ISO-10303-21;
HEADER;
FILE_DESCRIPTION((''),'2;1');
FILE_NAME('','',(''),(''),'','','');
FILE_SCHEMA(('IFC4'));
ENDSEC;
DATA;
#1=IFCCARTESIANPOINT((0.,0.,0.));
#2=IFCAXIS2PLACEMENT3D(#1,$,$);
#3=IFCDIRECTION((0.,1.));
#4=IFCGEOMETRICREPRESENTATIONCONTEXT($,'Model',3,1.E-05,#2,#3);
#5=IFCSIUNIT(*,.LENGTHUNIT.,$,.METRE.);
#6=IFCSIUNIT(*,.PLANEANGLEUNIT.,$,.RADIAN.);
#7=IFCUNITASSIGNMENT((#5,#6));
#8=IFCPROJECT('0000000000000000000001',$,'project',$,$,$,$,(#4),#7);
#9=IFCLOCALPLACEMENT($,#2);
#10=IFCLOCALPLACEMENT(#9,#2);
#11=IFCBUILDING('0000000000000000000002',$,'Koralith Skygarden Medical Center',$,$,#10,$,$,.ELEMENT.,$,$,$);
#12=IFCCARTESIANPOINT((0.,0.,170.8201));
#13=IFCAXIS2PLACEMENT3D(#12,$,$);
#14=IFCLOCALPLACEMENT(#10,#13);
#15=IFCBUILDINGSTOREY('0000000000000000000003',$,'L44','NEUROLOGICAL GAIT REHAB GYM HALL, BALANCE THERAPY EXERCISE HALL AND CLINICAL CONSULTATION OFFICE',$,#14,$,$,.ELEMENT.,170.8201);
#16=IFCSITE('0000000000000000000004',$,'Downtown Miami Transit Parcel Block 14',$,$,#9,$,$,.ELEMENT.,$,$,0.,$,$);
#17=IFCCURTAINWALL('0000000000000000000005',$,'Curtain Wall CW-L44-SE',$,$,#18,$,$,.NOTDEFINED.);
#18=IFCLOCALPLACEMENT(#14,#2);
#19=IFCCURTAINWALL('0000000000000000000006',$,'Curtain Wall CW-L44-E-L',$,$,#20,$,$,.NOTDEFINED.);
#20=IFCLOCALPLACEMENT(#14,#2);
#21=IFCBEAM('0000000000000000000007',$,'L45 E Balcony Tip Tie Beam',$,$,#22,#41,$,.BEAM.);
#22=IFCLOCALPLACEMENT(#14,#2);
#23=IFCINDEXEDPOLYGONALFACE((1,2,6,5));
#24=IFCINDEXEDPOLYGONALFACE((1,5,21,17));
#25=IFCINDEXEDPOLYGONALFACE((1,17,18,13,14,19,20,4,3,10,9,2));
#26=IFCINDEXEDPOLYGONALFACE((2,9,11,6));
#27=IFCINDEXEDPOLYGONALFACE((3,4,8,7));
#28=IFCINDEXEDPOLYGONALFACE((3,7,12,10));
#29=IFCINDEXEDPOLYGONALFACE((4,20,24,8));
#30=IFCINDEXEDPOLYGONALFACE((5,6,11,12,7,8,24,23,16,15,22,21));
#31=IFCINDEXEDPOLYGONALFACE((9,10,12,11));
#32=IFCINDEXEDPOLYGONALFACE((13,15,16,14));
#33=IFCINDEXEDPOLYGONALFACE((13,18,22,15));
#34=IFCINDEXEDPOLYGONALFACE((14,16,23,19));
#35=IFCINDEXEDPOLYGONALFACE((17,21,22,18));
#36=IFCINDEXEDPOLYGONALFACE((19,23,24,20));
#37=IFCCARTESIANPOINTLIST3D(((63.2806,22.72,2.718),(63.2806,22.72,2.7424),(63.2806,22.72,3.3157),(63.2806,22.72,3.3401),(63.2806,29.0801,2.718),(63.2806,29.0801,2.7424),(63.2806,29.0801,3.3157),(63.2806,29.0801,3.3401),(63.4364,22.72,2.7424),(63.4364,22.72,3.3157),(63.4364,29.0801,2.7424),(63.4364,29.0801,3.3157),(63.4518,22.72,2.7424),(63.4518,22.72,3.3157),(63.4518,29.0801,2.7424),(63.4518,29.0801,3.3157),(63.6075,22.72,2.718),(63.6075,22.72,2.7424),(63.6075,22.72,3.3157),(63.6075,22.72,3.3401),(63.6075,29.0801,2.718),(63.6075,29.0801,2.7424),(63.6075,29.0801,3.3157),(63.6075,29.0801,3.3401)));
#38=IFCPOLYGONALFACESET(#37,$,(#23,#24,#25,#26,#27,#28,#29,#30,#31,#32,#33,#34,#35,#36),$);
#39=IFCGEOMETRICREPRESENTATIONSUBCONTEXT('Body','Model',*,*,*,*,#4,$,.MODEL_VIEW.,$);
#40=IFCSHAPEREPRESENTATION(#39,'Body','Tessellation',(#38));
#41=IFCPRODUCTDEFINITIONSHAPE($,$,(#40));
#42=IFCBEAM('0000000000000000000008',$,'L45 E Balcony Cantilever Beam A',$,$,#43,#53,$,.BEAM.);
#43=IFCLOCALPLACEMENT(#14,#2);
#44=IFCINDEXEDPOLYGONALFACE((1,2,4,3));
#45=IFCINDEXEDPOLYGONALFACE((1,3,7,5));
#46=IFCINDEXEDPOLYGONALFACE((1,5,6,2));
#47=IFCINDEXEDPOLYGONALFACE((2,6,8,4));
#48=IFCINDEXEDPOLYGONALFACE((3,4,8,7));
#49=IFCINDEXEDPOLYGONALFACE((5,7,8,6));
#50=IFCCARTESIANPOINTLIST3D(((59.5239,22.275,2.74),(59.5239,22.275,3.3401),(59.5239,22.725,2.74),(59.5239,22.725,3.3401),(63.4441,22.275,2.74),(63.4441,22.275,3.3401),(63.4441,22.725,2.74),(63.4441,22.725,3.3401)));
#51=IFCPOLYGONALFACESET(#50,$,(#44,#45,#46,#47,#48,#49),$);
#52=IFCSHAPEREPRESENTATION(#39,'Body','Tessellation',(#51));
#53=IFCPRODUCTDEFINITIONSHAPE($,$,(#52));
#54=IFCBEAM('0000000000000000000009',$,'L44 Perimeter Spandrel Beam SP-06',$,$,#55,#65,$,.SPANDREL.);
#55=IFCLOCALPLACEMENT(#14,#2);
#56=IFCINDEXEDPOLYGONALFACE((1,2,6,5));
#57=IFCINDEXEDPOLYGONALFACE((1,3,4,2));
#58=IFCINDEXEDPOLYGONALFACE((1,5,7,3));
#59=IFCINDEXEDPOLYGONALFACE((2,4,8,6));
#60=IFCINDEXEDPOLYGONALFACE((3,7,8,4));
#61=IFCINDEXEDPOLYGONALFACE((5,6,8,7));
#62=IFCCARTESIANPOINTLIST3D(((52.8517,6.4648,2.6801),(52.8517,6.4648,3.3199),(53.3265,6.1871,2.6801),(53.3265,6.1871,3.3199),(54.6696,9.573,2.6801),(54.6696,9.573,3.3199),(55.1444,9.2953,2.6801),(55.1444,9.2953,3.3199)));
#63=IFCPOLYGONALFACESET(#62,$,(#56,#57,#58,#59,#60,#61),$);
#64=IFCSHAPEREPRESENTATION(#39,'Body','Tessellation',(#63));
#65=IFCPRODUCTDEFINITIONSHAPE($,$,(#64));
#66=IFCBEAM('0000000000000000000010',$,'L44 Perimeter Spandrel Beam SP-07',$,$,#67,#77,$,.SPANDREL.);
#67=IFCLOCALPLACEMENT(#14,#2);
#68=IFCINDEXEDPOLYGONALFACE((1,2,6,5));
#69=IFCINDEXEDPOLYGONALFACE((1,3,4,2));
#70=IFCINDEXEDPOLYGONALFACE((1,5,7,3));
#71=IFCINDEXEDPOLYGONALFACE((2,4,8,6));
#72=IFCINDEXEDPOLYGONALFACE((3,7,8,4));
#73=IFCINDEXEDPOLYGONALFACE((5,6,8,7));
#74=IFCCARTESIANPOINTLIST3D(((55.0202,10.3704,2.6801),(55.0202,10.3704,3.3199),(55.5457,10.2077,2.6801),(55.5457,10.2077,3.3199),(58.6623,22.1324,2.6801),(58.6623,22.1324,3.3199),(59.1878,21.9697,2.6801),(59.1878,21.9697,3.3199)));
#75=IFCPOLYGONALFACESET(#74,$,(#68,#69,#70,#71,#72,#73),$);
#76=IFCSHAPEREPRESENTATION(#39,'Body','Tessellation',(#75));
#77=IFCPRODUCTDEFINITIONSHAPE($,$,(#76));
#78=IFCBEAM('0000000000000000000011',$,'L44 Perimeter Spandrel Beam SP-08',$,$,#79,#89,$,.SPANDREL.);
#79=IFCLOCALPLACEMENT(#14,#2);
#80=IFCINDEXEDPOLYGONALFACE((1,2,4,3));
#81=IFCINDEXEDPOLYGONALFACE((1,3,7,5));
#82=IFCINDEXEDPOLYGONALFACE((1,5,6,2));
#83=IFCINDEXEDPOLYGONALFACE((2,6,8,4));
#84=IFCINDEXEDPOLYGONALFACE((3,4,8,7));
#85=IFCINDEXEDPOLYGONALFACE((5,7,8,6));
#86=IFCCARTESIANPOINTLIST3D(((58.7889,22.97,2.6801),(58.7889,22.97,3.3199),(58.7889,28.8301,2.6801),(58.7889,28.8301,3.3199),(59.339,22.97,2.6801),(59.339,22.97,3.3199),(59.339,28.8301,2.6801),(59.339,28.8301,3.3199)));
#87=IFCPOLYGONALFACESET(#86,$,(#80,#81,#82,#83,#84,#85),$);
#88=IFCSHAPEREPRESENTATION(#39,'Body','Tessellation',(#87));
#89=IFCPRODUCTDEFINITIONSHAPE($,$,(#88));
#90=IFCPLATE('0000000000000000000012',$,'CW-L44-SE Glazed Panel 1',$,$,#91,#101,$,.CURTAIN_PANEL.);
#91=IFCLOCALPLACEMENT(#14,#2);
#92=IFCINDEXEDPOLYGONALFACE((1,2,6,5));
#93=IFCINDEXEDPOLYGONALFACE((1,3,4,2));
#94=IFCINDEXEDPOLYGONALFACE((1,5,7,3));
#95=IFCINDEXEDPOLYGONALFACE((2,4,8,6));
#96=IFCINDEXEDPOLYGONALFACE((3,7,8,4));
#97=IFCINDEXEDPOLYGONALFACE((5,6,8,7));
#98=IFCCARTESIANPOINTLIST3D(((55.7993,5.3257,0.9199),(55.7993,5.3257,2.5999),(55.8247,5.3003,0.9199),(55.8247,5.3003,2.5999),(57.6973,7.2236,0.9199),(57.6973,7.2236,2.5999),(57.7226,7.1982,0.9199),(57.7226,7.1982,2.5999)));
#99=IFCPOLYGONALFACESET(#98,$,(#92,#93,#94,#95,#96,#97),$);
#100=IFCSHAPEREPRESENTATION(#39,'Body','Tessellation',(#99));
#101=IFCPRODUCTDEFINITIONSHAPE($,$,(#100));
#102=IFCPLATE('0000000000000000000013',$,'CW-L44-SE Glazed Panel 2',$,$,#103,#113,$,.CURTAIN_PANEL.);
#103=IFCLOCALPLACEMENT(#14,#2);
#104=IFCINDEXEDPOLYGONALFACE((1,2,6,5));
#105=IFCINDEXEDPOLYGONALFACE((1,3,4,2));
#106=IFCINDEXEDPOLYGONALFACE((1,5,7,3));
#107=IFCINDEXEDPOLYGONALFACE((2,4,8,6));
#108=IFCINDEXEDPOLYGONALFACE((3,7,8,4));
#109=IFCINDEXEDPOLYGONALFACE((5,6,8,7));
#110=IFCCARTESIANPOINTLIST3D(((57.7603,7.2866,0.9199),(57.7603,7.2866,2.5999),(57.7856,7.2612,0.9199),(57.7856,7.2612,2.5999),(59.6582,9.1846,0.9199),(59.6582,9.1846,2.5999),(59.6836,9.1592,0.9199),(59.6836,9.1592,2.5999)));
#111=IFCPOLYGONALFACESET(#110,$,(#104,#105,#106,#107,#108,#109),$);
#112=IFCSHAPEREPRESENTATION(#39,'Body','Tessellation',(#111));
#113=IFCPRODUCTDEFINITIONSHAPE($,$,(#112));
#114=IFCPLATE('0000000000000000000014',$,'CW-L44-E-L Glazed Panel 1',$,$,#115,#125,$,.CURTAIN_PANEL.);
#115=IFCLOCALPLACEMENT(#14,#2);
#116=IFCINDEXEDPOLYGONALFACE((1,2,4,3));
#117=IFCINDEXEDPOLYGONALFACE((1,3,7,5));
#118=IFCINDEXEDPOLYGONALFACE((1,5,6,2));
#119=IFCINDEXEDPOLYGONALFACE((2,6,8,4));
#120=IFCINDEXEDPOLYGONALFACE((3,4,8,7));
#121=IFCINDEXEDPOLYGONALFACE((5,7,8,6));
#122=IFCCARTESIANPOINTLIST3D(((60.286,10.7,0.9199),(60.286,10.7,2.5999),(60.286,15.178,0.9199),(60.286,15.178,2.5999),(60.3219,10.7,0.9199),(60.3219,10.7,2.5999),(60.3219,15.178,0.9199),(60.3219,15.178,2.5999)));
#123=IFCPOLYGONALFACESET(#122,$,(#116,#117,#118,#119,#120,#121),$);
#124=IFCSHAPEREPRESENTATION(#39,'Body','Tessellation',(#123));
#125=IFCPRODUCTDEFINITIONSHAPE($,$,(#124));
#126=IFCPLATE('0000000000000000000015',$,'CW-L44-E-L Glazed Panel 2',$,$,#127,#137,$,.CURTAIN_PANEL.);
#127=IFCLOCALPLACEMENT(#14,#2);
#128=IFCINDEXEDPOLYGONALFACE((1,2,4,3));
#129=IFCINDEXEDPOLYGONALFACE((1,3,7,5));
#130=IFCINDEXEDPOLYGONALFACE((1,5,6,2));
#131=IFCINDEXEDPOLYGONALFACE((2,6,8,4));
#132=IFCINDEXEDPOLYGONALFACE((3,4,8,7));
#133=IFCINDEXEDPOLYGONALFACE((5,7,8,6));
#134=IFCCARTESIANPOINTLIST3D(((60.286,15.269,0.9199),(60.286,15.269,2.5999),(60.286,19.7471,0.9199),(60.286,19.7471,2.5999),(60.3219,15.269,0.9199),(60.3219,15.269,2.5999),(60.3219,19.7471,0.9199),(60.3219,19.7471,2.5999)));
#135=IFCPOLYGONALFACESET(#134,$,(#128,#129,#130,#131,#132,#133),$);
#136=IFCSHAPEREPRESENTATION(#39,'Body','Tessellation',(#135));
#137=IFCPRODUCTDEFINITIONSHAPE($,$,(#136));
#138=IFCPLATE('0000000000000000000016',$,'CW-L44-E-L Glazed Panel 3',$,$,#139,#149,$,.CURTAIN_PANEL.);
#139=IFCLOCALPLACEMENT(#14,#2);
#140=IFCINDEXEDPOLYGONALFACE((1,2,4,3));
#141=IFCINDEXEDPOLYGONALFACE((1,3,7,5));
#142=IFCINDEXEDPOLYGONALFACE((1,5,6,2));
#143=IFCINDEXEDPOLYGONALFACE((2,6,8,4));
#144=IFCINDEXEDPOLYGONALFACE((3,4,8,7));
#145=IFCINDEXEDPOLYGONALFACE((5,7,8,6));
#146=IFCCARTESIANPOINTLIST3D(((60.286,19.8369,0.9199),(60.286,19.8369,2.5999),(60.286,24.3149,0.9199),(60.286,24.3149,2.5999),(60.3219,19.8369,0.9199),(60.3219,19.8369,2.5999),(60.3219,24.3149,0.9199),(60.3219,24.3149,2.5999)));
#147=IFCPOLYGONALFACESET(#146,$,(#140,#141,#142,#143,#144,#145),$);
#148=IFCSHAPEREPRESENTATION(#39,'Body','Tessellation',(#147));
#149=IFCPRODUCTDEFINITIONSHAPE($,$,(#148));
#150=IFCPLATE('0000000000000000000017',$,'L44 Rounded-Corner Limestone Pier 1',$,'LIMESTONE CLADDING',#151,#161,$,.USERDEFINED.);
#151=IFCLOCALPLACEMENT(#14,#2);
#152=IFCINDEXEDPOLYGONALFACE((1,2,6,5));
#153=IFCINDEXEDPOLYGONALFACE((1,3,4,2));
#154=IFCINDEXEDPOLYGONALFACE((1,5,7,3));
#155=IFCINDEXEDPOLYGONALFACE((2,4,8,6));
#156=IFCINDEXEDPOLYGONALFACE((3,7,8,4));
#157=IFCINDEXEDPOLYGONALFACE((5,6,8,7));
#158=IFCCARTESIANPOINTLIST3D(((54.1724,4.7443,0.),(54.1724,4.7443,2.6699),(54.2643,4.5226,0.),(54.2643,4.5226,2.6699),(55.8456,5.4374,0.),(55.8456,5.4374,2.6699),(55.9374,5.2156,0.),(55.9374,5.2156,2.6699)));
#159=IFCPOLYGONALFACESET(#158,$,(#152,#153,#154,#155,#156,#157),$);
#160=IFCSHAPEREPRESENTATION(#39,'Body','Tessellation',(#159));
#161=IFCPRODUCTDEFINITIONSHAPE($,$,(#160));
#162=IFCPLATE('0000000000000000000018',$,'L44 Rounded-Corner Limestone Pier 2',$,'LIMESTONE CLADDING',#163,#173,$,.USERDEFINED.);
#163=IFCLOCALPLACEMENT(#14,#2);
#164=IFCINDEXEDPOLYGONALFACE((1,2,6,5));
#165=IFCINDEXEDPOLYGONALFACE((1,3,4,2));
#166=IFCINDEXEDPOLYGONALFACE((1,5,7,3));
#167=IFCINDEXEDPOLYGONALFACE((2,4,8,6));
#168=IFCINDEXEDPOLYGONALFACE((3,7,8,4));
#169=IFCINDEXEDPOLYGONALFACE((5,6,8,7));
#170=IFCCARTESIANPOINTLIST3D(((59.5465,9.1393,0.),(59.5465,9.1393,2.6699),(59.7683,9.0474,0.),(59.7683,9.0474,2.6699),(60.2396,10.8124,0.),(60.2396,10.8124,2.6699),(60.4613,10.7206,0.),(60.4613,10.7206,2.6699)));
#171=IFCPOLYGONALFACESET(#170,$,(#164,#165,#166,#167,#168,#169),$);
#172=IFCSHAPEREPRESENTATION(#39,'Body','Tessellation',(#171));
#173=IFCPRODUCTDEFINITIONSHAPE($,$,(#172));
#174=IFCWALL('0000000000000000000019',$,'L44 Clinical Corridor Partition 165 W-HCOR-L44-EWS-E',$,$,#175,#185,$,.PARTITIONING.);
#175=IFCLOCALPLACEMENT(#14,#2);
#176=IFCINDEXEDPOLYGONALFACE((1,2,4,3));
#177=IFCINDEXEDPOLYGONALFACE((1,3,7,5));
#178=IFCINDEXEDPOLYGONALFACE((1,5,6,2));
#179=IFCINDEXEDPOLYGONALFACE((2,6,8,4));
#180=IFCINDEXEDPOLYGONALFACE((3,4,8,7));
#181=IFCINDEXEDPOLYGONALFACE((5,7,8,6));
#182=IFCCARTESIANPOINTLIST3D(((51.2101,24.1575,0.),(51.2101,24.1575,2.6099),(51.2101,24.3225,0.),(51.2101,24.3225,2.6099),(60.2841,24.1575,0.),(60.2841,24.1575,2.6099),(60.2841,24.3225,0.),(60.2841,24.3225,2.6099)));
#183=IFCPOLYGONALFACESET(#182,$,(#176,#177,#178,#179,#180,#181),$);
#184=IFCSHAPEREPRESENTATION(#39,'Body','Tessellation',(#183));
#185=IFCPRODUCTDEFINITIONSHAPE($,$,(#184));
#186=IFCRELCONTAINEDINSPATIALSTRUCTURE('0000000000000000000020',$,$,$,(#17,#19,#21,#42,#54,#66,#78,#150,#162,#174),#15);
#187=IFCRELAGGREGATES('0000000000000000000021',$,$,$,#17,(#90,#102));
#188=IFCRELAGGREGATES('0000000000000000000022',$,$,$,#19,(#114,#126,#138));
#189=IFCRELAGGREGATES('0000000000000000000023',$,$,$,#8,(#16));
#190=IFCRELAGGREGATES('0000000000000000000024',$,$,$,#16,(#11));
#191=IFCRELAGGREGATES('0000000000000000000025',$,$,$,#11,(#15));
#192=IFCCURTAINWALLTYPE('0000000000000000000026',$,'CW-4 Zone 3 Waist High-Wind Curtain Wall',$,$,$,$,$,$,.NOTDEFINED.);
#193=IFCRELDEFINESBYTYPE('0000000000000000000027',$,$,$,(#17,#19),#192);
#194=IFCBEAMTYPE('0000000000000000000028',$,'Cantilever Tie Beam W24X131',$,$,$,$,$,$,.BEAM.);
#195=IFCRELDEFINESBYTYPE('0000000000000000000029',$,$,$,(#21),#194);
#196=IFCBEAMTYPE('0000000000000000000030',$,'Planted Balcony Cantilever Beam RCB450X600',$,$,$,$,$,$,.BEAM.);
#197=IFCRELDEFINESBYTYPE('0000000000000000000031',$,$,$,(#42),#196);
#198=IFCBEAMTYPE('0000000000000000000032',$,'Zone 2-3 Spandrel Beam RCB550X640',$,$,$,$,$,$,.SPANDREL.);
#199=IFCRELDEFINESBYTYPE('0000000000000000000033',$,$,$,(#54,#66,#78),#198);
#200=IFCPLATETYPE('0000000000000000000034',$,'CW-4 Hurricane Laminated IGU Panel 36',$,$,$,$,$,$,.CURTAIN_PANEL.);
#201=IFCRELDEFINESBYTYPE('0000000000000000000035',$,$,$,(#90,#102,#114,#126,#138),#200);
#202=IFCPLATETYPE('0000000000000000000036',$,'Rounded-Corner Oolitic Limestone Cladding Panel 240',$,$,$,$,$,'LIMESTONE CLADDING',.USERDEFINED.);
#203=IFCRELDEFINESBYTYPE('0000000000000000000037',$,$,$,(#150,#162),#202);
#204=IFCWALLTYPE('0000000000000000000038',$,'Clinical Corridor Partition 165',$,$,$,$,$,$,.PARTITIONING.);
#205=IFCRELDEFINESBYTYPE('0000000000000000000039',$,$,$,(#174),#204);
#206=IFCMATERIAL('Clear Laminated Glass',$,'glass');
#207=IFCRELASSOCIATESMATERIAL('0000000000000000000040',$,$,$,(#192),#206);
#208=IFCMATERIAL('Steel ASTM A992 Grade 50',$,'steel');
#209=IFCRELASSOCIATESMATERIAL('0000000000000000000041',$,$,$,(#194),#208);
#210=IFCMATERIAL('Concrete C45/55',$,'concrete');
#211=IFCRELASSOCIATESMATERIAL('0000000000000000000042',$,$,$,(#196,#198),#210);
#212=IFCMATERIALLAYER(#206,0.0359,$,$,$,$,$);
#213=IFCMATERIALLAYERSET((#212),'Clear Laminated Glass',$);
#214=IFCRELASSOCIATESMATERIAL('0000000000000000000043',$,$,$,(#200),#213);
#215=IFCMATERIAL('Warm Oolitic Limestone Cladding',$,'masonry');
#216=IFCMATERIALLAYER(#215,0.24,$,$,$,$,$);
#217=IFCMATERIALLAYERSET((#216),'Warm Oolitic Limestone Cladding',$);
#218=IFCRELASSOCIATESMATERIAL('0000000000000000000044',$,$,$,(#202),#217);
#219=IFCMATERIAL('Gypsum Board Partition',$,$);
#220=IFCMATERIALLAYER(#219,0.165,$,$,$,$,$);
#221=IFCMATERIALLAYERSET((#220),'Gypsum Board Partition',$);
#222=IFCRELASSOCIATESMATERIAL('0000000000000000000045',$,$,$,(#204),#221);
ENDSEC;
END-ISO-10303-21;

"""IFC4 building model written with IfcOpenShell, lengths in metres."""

from ifc_helpers import new_model, si_unit, direction, frame, frame_2d, origin, origin_2d, place, context, subcontext, project, spatial, rectangle, i_section, extrude, material, layer, layer_set, material_profile, profile_set, type_object, element, aggregate, save


model = new_model("IFC4")

# Units and contexts
model_context = context("Model", 3, precision=1e-05, world=origin(), true_north=direction((0.0, 1.0)))
body_context = subcontext(model_context, "Body", "Model", "MODEL_VIEW")
ifc_project = project(units=[si_unit("LENGTHUNIT", "METRE"), si_unit("PLANEANGLEUNIT", "RADIAN")], contexts=[model_context])

# Site, building, storey
site_placement = place(None, origin())
site = spatial("IfcSite", under=ifc_project, at=site_placement, Name="Downtown Miami Transit Parcel Block 14", CompositionType="ELEMENT", RefElevation=0.0)
building_placement = place(site_placement, origin())
building = spatial("IfcBuilding", under=site, at=building_placement, Name="Koralith Skygarden Medical Center", CompositionType="ELEMENT")
storey_placement = place(building_placement, frame((0.0, 0.0, 170.8201)))
storey = spatial("IfcBuildingStorey", under=building, at=storey_placement, Name="L44", Description="NEUROLOGICAL GAIT REHAB GYM HALL, BALANCE THERAPY EXERCISE HALL AND CLINICAL CONSULTATION OFFICE", CompositionType="ELEMENT", Elevation=170.8201)

# Shared definitions
ifc_material_1 = material(Name="Clear Laminated Glass", Category="glass")
curtain_wall_type = type_object("IfcCurtainWallType", Name="CW-4 Zone 3 Waist High-Wind Curtain Wall", PredefinedType="NOTDEFINED", material=ifc_material_1)

# Curtain walls
curtain_wall_1_placement = place(storey_placement, origin())
curtain_wall_1 = element("IfcCurtainWall", 1, at=curtain_wall_1_placement, inside=storey, type_object=curtain_wall_type, Name="Curtain Wall CW-L44-SE", PredefinedType="NOTDEFINED")
curtain_wall_2_placement = place(storey_placement, origin())
curtain_wall_2 = element("IfcCurtainWall", 2, at=curtain_wall_2_placement, inside=storey, type_object=curtain_wall_type, Name="Curtain Wall CW-L44-E-L", PredefinedType="NOTDEFINED")

# Beams
ifc_material_2 = material(Name="Steel ASTM A992 Grade 50", Category="steel")
ifc_material_profile_1 = material_profile(ifc_material_2, i_section(OverallWidth=0.3269, OverallDepth=0.6221, WebThickness=0.0154, FlangeThickness=0.0244, at=origin_2d()), Name="W24X131")
ifc_profile_set_1 = profile_set([ifc_material_profile_1], Name="Steel ASTM A992 Grade 50")
beam_type_1 = type_object("IfcBeamType", Name="Cantilever Tie Beam W24X131", PredefinedType="BEAM", material=ifc_profile_set_1)
beam_1_placement = place(storey_placement, frame((63.4441, 22.72, 3.0291), z_axis=(0.0, 1.0, 0.0), x_axis=(-1.0, 0.0, 0.0)))
element("IfcBeam", 3, at=beam_1_placement, inside=storey, type_object=beam_type_1, Name="L45 E Balcony Tip Tie Beam", PredefinedType="BEAM", context=body_context, shape_type="SweptSolid", body=[
    extrude(i_section(OverallWidth=0.3269, OverallDepth=0.6221, WebThickness=0.0154, FlangeThickness=0.0244, at=origin_2d()), origin(), (0.0, 0.0, 1.0), 6.3601),
])
ifc_material_3 = material(Name="Concrete C45/55", Category="concrete")
ifc_material_profile_2 = material_profile(ifc_material_3, rectangle(XDim=0.45, YDim=0.6001, at=origin_2d()), Name="RCB450X600")
ifc_profile_set_2 = profile_set([ifc_material_profile_2], Name="Concrete C45/55")
beam_type_2 = type_object("IfcBeamType", Name="Planted Balcony Cantilever Beam RCB450X600", PredefinedType="BEAM", material=ifc_profile_set_2)
beam_2_placement = place(storey_placement, frame((59.5239, 22.5, 3.04), z_axis=(1.0, 0.0, 0.0), x_axis=(0.0, 1.0, 0.0)))
element("IfcBeam", 4, at=beam_2_placement, inside=storey, type_object=beam_type_2, Name="L45 E Balcony Cantilever Beam A", PredefinedType="BEAM", context=body_context, shape_type="SweptSolid", body=[
    extrude(rectangle(XDim=0.45, YDim=0.6001, at=origin_2d()), origin(), (0.0, 0.0, 1.0), 3.9202),
])
ifc_material_profile_3 = material_profile(ifc_material_3, rectangle(XDim=0.55, YDim=0.6399, at=origin_2d()), Name="RCB550X640")
ifc_profile_set_3 = profile_set([ifc_material_profile_3], Name="Concrete C45/55")
beam_type_3 = type_object("IfcBeamType", Name="Zone 2-3 Spandrel Beam RCB550X640", PredefinedType="SPANDREL", material=ifc_profile_set_3)
beam_3_placement = place(storey_placement, frame((53.0891, 6.3259, 3.0), z_axis=(0.504861, 0.8632, 0.0), x_axis=(-0.8632, 0.504861, 0.0)))
element("IfcBeam", 5, at=beam_3_placement, inside=storey, type_object=beam_type_3, Name="L44 Perimeter Spandrel Beam SP-06", PredefinedType="SPANDREL", context=body_context, shape_type="SweptSolid", body=[
    extrude(rectangle(XDim=0.55, YDim=0.6399, at=origin_2d()), origin(), (0.0, 0.0, 1.0), 3.6008),
])
beam_4_placement = place(storey_placement, frame((55.283, 10.2891, 3.0), z_axis=(0.295794, 0.955252, 0.0), x_axis=(-0.955252, 0.295794, 0.0)))
element("IfcBeam", 6, at=beam_4_placement, inside=storey, type_object=beam_type_3, Name="L44 Perimeter Spandrel Beam SP-07", PredefinedType="SPANDREL", context=body_context, shape_type="SweptSolid", body=[
    extrude(rectangle(XDim=0.55, YDim=0.6399, at=origin_2d()), origin(), (0.0, 0.0, 1.0), 12.313),
])
beam_5_placement = place(storey_placement, frame((59.064, 22.97, 3.0), z_axis=(0.0, 1.0, 0.0), x_axis=(-1.0, 0.0, 0.0)))
element("IfcBeam", 7, at=beam_5_placement, inside=storey, type_object=beam_type_3, Name="L44 Perimeter Spandrel Beam SP-08", PredefinedType="SPANDREL", context=body_context, shape_type="SweptSolid", body=[
    extrude(rectangle(XDim=0.55, YDim=0.6399, at=origin_2d()), origin(), (0.0, 0.0, 1.0), 5.8601),
])

# Plates
ifc_layer_1 = layer(ifc_material_1, 0.0359)
ifc_layer_set_1 = layer_set([ifc_layer_1], Name="Clear Laminated Glass")
plate_type_1 = type_object("IfcPlateType", Name="CW-4 Hurricane Laminated IGU Panel 36", PredefinedType="CURTAIN_PANEL", material=ifc_layer_set_1)
plate_1_placement = place(storey_placement, frame((56.761, 6.262, 0.9199), z_axis=(0.0, 0.0, 1.0), x_axis=(0.707107, 0.707107, 0.0)))
plate_1 = element("IfcPlate", 8, at=plate_1_placement, type_object=plate_type_1, Name="CW-L44-SE Glazed Panel 1", PredefinedType="CURTAIN_PANEL", context=body_context, shape_type="SweptSolid", body=[
    extrude(rectangle(XDim=2.6841, YDim=0.0359, at=origin_2d()), origin(), (0.0, 0.0, 1.0), 1.6799),
])
plate_2_placement = place(storey_placement, frame((58.7219, 8.2229, 0.9199), z_axis=(0.0, 0.0, 1.0), x_axis=(0.707107, 0.707107, 0.0)))
plate_2 = element("IfcPlate", 9, at=plate_2_placement, type_object=plate_type_1, Name="CW-L44-SE Glazed Panel 2", PredefinedType="CURTAIN_PANEL", context=body_context, shape_type="SweptSolid", body=[
    extrude(rectangle(XDim=2.6841, YDim=0.0359, at=origin_2d()), origin(), (0.0, 0.0, 1.0), 1.6799),
])
aggregate(curtain_wall_1, [plate_1, plate_2])
plate_3_placement = place(storey_placement, frame((60.304, 12.939, 0.9199), z_axis=(0.0, 0.0, 1.0), x_axis=(0.0, 1.0, 0.0)))
plate_3 = element("IfcPlate", 10, at=plate_3_placement, type_object=plate_type_1, Name="CW-L44-E-L Glazed Panel 1", PredefinedType="CURTAIN_PANEL", context=body_context, shape_type="SweptSolid", body=[
    extrude(rectangle(XDim=4.478, YDim=0.0359, at=origin_2d()), origin(), (0.0, 0.0, 1.0), 1.6799),
])
plate_4_placement = place(storey_placement, frame((60.304, 17.5081, 0.9199), z_axis=(0.0, 0.0, 1.0), x_axis=(0.0, 1.0, 0.0)))
plate_4 = element("IfcPlate", 11, at=plate_4_placement, type_object=plate_type_1, Name="CW-L44-E-L Glazed Panel 2", PredefinedType="CURTAIN_PANEL", context=body_context, shape_type="SweptSolid", body=[
    extrude(rectangle(XDim=4.478, YDim=0.0359, at=origin_2d()), origin(), (0.0, 0.0, 1.0), 1.6799),
])
plate_5_placement = place(storey_placement, frame((60.304, 22.0759, 0.9199), z_axis=(0.0, 0.0, 1.0), x_axis=(0.0, 1.0, 0.0)))
plate_5 = element("IfcPlate", 12, at=plate_5_placement, type_object=plate_type_1, Name="CW-L44-E-L Glazed Panel 3", PredefinedType="CURTAIN_PANEL", context=body_context, shape_type="SweptSolid", body=[
    extrude(rectangle(XDim=4.478, YDim=0.0359, at=origin_2d()), origin(), (0.0, 0.0, 1.0), 1.6799),
])
aggregate(curtain_wall_2, [plate_3, plate_4, plate_5])

# Plates
ifc_material_4 = material(Name="Warm Oolitic Limestone Cladding", Category="masonry")
ifc_layer_2 = layer(ifc_material_4, 0.24)
ifc_layer_set_2 = layer_set([ifc_layer_2], Name="Warm Oolitic Limestone Cladding")
plate_type_2 = type_object("IfcPlateType", Name="Rounded-Corner Oolitic Limestone Cladding Panel 240", ElementType="LIMESTONE CLADDING", PredefinedType="USERDEFINED", material=ifc_layer_set_2)
for number, where, z_axis, x_axis, name in (
    (13, (55.0549, 4.98, 0.0), (0.0, 0.0, 1.0), (0.923885, 0.382671, 0.0), "L44 Rounded-Corner Limestone Pier 1"),
    (14, (60.0039, 9.9299, 0.0), (0.0, 0.0, 1.0), (0.382671, 0.923885, 0.0), "L44 Rounded-Corner Limestone Pier 2"),
):
    element("IfcPlate", number, at=place(storey_placement, frame(where, z_axis=z_axis, x_axis=x_axis)), inside=storey, type_object=plate_type_2, Name=name, ObjectType="LIMESTONE CLADDING", PredefinedType="USERDEFINED", context=body_context, shape_type="SweptSolid", body=[
        extrude(rectangle(XDim=1.811, YDim=0.24, at=origin_2d()), origin(), (0.0, 0.0, 1.0), 2.6699),
    ])

# Wall
ifc_material_5 = material(Name="Gypsum Board Partition")
ifc_layer_3 = layer(ifc_material_5, 0.165)
ifc_layer_set_3 = layer_set([ifc_layer_3], Name="Gypsum Board Partition")
wall_type_1 = type_object("IfcWallType", Name="Clinical Corridor Partition 165", PredefinedType="PARTITIONING", material=ifc_layer_set_3)
wall_1_placement = place(storey_placement, frame((51.21, 24.24, 0.0), z_axis=(0.0, 0.0, 1.0), x_axis=(1.0, 0.0, 0.0)))
element("IfcWall", 15, at=wall_1_placement, inside=storey, type_object=wall_type_1, Name="L44 Clinical Corridor Partition 165 W-HCOR-L44-EWS-E", PredefinedType="PARTITIONING", context=body_context, shape_type="SweptSolid", body=[
    extrude(rectangle(XDim=9.074, YDim=0.165, at=frame_2d((4.5371, 0.0))), origin(), (0.0, 0.0, 1.0), 2.6099),
])

save(model, "model.ifc")
